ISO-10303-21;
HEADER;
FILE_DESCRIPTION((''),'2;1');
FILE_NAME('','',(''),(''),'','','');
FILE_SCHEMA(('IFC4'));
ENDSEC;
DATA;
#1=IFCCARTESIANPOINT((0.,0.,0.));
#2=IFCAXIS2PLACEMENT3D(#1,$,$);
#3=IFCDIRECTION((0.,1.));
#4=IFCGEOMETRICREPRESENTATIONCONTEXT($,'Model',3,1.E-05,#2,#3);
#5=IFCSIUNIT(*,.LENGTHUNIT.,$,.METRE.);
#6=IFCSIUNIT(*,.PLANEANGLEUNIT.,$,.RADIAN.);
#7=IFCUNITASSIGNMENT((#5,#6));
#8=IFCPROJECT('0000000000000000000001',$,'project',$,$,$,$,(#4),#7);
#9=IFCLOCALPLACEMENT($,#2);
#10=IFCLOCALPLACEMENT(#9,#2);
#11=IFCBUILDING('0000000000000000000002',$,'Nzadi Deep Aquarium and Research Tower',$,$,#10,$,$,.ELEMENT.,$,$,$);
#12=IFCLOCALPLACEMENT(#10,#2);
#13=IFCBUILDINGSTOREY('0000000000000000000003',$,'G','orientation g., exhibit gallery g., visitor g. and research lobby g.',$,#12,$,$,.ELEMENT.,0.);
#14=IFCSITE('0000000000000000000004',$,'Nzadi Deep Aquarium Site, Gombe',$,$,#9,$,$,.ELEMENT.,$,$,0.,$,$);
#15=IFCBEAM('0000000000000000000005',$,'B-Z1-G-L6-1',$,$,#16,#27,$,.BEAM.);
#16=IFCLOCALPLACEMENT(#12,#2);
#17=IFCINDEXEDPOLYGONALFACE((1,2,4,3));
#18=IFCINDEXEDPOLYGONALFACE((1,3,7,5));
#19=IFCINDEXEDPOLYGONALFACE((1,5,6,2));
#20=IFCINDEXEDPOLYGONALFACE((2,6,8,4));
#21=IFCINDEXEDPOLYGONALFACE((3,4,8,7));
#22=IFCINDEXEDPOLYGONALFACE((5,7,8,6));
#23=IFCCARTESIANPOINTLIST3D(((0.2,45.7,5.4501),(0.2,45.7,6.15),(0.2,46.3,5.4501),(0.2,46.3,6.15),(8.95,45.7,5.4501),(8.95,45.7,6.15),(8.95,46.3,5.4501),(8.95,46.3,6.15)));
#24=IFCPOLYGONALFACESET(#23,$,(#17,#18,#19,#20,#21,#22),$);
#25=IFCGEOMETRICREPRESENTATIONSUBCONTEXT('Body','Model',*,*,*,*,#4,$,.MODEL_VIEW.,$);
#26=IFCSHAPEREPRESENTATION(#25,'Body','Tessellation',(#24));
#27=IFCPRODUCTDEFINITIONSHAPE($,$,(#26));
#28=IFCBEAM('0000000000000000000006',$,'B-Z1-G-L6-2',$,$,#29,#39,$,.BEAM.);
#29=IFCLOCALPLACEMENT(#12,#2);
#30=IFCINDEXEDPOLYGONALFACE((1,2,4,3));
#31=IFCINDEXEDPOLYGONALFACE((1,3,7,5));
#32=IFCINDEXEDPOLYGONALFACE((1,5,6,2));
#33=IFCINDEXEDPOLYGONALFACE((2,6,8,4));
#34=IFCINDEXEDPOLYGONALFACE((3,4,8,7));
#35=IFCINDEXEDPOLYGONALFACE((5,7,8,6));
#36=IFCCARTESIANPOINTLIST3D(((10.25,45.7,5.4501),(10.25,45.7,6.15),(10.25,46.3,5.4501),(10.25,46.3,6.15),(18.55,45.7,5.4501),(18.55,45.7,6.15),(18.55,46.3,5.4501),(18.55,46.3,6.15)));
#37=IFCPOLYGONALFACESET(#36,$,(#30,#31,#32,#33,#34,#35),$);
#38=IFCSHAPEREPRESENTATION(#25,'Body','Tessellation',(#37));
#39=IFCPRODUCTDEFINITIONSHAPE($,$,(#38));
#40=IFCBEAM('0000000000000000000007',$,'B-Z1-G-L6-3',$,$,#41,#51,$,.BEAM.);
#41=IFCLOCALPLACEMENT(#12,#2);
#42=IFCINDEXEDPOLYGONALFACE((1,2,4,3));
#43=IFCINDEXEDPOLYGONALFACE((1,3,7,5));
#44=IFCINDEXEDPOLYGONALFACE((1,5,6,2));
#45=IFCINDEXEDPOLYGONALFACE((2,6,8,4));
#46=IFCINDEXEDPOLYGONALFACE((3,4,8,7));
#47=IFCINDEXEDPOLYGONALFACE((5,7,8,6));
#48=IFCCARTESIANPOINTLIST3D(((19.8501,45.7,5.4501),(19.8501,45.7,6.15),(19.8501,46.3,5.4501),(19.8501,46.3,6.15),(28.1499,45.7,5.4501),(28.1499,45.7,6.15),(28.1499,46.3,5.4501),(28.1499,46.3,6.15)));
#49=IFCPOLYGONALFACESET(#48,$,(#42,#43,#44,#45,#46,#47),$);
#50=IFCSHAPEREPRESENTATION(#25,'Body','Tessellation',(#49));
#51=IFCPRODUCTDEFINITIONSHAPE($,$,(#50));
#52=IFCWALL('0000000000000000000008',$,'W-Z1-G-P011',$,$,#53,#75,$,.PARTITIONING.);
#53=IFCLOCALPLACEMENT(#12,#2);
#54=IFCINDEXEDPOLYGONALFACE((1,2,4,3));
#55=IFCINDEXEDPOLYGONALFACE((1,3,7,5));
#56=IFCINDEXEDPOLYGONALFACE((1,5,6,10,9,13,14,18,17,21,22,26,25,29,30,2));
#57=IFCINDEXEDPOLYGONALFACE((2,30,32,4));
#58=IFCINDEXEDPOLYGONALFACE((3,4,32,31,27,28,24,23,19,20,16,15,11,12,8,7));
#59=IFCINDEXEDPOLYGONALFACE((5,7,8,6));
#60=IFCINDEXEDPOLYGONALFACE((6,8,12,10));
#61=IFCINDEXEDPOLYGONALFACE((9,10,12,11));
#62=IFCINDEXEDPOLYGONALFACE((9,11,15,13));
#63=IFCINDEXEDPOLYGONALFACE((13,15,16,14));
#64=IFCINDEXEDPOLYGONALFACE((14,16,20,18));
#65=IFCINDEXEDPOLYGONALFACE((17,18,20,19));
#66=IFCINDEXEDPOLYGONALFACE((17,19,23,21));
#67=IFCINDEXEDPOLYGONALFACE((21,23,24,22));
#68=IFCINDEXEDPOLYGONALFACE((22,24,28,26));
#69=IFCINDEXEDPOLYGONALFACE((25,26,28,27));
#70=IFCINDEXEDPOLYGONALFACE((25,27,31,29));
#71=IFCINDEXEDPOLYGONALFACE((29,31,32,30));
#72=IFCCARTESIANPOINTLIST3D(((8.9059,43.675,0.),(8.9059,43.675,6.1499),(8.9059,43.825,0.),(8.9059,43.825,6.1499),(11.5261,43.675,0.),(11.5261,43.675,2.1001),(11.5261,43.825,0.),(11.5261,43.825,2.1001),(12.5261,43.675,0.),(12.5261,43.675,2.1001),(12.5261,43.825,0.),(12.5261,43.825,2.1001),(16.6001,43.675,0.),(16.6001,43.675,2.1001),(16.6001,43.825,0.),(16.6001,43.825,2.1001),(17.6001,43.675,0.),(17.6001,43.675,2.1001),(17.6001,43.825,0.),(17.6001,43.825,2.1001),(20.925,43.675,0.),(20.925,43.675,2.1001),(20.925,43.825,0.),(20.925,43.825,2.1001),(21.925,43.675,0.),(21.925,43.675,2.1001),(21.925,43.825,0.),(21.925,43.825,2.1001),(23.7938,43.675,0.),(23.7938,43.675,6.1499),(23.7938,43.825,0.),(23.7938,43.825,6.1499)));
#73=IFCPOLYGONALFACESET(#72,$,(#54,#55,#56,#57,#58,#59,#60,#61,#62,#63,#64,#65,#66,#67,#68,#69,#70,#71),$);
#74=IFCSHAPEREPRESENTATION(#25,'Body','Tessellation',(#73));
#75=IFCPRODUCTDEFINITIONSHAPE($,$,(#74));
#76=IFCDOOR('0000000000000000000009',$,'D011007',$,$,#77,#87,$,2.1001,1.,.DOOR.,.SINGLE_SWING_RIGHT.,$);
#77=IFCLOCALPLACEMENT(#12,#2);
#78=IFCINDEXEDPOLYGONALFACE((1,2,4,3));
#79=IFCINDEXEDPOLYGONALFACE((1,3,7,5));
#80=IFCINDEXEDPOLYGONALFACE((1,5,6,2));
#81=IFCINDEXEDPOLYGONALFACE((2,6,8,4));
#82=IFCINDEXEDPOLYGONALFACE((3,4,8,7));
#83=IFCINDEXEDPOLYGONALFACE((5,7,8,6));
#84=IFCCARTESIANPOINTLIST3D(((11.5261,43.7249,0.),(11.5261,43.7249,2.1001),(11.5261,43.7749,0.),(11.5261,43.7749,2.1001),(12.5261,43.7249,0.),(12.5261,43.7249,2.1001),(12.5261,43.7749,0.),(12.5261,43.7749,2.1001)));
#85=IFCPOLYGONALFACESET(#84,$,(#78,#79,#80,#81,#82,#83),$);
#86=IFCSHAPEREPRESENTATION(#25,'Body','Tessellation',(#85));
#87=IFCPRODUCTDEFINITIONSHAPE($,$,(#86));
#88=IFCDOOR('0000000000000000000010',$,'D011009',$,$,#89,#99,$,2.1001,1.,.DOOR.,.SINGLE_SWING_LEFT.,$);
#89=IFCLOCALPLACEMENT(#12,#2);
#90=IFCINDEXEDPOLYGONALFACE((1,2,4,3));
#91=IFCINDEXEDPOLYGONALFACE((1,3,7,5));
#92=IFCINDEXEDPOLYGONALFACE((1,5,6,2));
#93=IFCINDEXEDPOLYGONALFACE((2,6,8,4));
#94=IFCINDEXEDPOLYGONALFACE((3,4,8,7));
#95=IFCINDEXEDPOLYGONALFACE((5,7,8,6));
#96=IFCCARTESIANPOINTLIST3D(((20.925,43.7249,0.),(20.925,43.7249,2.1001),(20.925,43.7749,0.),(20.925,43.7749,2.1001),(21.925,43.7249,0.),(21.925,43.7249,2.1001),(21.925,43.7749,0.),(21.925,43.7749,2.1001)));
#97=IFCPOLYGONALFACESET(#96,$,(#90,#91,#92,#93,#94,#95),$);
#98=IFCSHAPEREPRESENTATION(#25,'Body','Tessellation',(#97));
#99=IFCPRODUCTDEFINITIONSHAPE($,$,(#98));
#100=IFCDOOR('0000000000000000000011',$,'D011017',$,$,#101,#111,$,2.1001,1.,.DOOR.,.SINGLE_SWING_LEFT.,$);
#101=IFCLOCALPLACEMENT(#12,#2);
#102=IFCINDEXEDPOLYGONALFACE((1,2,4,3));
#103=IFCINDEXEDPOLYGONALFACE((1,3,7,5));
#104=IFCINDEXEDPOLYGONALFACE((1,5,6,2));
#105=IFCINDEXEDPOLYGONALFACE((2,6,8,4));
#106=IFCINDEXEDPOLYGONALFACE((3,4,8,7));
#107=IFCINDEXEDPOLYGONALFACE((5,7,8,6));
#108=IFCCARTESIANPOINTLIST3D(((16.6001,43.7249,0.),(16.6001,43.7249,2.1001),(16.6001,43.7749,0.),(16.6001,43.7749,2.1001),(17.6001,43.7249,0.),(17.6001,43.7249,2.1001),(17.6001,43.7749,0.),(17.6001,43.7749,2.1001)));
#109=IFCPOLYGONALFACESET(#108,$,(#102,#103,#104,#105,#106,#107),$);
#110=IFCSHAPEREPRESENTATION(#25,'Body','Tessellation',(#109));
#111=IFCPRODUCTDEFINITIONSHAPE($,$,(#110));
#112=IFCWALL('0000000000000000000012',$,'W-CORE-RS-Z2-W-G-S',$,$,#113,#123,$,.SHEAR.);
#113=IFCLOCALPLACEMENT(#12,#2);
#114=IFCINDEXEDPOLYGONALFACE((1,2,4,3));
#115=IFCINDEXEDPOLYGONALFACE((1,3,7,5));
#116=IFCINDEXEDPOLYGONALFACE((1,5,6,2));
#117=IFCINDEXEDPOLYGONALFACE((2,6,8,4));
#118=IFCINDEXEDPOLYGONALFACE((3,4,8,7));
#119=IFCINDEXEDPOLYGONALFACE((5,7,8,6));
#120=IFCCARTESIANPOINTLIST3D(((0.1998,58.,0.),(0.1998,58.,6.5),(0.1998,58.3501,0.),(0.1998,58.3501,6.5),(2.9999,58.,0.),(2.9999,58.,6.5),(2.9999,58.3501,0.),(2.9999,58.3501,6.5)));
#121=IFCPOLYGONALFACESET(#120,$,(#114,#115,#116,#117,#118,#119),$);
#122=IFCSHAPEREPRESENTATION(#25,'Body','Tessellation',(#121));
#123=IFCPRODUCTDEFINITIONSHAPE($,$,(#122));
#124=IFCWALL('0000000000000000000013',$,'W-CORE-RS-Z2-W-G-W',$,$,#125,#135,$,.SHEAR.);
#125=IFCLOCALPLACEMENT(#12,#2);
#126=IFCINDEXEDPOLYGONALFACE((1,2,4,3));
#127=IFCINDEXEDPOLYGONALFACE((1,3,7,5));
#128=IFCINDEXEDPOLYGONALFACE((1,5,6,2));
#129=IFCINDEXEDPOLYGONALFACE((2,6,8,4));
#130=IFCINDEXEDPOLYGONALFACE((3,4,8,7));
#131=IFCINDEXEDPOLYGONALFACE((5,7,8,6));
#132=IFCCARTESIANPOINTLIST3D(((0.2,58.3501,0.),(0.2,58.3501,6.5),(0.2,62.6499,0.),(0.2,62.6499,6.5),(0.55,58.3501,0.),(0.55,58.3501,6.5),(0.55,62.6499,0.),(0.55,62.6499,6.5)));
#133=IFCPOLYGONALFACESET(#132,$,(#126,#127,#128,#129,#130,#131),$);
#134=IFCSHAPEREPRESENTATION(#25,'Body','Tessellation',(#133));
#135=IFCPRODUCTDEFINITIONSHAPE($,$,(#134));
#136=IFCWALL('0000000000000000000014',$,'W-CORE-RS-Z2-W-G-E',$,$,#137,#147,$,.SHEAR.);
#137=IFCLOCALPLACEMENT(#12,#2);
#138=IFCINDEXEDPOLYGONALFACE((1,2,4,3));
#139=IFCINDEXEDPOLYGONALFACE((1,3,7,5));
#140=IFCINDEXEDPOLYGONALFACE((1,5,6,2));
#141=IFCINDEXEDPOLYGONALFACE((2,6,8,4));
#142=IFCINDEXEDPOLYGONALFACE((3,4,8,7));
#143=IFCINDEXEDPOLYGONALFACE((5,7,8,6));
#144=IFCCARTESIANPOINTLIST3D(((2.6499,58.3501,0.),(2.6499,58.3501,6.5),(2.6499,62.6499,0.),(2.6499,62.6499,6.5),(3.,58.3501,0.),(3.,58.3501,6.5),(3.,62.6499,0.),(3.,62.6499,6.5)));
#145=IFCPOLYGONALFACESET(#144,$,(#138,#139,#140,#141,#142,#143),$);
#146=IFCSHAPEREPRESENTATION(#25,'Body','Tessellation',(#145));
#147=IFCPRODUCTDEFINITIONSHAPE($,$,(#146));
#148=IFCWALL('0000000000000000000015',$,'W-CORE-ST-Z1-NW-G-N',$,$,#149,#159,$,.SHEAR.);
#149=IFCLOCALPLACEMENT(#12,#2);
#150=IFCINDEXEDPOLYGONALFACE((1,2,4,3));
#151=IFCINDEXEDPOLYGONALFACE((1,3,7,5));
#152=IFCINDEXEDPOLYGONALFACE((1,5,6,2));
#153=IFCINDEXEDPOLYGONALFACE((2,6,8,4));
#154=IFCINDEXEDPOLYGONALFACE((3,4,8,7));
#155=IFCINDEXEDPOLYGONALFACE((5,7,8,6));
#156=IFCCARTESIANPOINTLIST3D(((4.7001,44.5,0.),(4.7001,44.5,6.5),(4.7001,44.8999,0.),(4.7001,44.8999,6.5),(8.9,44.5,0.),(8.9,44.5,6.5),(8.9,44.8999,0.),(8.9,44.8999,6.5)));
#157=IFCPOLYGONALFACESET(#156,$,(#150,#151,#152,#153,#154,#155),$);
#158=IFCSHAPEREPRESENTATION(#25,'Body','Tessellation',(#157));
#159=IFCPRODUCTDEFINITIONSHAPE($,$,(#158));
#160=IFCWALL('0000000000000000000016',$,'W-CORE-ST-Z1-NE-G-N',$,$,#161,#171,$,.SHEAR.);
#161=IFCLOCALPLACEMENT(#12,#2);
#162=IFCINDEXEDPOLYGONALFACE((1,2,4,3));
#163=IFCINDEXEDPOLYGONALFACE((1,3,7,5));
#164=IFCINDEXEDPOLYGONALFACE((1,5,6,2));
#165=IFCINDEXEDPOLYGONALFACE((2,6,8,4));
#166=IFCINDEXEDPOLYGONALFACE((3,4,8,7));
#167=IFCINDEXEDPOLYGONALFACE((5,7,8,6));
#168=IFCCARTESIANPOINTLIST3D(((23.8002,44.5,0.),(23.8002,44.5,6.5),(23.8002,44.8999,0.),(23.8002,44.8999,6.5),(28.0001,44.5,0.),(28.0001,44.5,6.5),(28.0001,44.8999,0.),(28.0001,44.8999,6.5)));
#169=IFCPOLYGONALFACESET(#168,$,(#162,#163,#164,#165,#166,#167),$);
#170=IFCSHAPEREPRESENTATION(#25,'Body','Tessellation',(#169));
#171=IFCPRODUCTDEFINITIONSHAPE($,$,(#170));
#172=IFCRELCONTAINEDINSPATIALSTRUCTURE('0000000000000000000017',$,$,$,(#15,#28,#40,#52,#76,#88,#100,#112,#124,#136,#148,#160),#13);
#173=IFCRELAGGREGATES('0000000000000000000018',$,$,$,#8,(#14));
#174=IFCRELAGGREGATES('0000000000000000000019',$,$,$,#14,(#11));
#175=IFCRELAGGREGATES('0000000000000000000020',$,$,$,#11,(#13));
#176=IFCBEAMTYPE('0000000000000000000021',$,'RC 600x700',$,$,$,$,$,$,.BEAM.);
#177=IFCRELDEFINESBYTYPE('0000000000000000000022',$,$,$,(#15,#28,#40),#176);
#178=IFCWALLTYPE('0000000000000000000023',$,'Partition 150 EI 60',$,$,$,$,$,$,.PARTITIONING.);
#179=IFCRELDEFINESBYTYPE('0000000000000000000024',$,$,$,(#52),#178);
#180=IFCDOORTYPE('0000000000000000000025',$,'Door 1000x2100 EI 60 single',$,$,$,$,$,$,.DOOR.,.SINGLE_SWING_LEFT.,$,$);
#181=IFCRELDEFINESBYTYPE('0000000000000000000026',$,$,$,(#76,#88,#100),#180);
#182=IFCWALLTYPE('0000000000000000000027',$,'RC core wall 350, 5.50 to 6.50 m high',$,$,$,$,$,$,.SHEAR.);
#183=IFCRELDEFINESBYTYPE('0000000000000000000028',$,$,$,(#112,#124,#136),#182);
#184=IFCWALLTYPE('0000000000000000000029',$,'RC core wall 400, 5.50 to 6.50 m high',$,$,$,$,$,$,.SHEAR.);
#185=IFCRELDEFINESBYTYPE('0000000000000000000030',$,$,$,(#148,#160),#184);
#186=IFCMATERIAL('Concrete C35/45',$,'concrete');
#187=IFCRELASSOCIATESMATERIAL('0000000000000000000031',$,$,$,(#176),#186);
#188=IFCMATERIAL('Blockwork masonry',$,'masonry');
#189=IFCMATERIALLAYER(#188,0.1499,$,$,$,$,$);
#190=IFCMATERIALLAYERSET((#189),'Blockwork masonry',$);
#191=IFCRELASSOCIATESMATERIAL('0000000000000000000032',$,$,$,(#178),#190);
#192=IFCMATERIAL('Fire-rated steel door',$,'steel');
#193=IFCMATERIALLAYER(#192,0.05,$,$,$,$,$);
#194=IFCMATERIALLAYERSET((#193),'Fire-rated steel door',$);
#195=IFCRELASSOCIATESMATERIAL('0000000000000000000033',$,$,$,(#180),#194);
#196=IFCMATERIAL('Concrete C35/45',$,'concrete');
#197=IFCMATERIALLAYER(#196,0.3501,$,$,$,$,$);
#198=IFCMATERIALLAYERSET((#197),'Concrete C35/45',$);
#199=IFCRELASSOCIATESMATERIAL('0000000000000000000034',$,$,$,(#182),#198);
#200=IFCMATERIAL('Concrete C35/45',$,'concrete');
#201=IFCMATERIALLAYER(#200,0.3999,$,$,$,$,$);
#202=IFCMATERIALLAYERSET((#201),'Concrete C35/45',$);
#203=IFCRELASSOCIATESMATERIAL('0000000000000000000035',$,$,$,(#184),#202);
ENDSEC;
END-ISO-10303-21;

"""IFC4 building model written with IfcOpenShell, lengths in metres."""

from ifc_helpers import new_model, si_unit, direction, frame, frame_2d, origin, origin_2d, place, context, subcontext, project, spatial, rectangle, extrude, material, layer, layer_set, material_profile, profile_set, type_object, element, fill, save


model = new_model("IFC4")

# Units and contexts
model_context = context("Model", 3, precision=1e-05, world=origin(), true_north=direction((0.0, 1.0)))
body_context = subcontext(model_context, "Body", "Model", "MODEL_VIEW")
ifc_project = project(units=[si_unit("LENGTHUNIT", "METRE"), si_unit("PLANEANGLEUNIT", "RADIAN")], contexts=[model_context])

# Site, building, storey
site_placement = place(None, origin())
site = spatial("IfcSite", under=ifc_project, at=site_placement, Name="Nzadi Deep Aquarium Site, Gombe", CompositionType="ELEMENT", RefElevation=0.0)
building_placement = place(site_placement, origin())
building = spatial("IfcBuilding", under=site, at=building_placement, Name="Nzadi Deep Aquarium and Research Tower", CompositionType="ELEMENT")
storey_placement = place(building_placement, origin())
storey = spatial("IfcBuildingStorey", under=building, at=storey_placement, Name="G", Description="orientation g., exhibit gallery g., visitor g. and research lobby g.", CompositionType="ELEMENT", Elevation=0.0)

# Beams
ifc_material_1 = material(Name="Concrete C35/45", Category="concrete")
ifc_material_profile_1 = material_profile(ifc_material_1, rectangle(XDim=0.6001, YDim=0.7, at=origin_2d()))
ifc_profile_set_1 = profile_set([ifc_material_profile_1], Name="Concrete C35/45")
beam_type_1 = type_object("IfcBeamType", Name="RC 600x700", PredefinedType="BEAM", material=ifc_profile_set_1)
beam_1_placement = place(storey_placement, frame((0.2, 46.0, 5.8), z_axis=(1.0, 0.0, 0.0), x_axis=(0.0, 1.0, 0.0)))
element("IfcBeam", 1, at=beam_1_placement, inside=storey, type_object=beam_type_1, Name="B-Z1-G-L6-1", PredefinedType="BEAM", context=body_context, shape_type="SweptSolid", body=[
    extrude(rectangle(XDim=0.6001, YDim=0.7, at=origin_2d()), origin(), (0.0, 0.0, 1.0), 8.75),
])
beam_2_placement = place(storey_placement, frame((10.25, 46.0, 5.8), z_axis=(1.0, 0.0, 0.0), x_axis=(0.0, 1.0, 0.0)))
element("IfcBeam", 2, at=beam_2_placement, inside=storey, type_object=beam_type_1, Name="B-Z1-G-L6-2", PredefinedType="BEAM", context=body_context, shape_type="SweptSolid", body=[
    extrude(rectangle(XDim=0.6001, YDim=0.7, at=origin_2d()), origin(), (0.0, 0.0, 1.0), 8.3),
])
beam_3_placement = place(storey_placement, frame((19.8501, 46.0, 5.8), z_axis=(1.0, 0.0, 0.0), x_axis=(0.0, 1.0, 0.0)))
element("IfcBeam", 3, at=beam_3_placement, inside=storey, type_object=beam_type_1, Name="B-Z1-G-L6-3", PredefinedType="BEAM", context=body_context, shape_type="SweptSolid", body=[
    extrude(rectangle(XDim=0.6001, YDim=0.7, at=origin_2d()), origin(), (0.0, 0.0, 1.0), 8.2998),
])

# Wall, openings, doors
ifc_material_2 = material(Name="Blockwork masonry", Category="masonry")
ifc_layer_1 = layer(ifc_material_2, 0.1499)
ifc_layer_set_1 = layer_set([ifc_layer_1], Name="Blockwork masonry")
wall_type_1 = type_object("IfcWallType", Name="Partition 150 EI 60", PredefinedType="PARTITIONING", material=ifc_layer_set_1)
wall_1_placement = place(storey_placement, frame((8.906, 43.75, 0.0), z_axis=(0.0, 0.0, 1.0), x_axis=(1.0, 0.0, 0.0)))
wall_1 = element("IfcWall", 4, at=wall_1_placement, inside=storey, type_object=wall_type_1, Name="W-Z1-G-P011", PredefinedType="PARTITIONING", context=body_context, shape_type="SweptSolid", body=[
    extrude(rectangle(XDim=14.8879, YDim=0.1499, at=frame_2d((7.4438, 0.0))), origin(), (0.0, 0.0, 1.0), 6.1499),
])
opening_1_placement = place(wall_1_placement, frame((2.6201, 0.0, 0.0)))
opening_1 = element("IfcOpeningElement", 5, at=opening_1_placement, cuts=wall_1, PredefinedType="OPENING", context=body_context, shape_type="SweptSolid", body=[
    extrude(rectangle(XDim=1.0, YDim=2.1001, at=frame_2d((0.5, 1.05))), frame((0.0, 0.085, 0.0), z_axis=(0.0, -1.0, 0.0), x_axis=(1.0, 0.0, 0.0)), (0.0, 0.0, 1.0), 0.1699),
])
opening_2_placement = place(wall_1_placement, frame((12.019, 0.0, 0.0)))
opening_2 = element("IfcOpeningElement", 6, at=opening_2_placement, cuts=wall_1, PredefinedType="OPENING", context=body_context, shape_type="SweptSolid", body=[
    extrude(rectangle(XDim=1.0, YDim=2.1001, at=frame_2d((0.5, 1.05))), frame((0.0, 0.085, 0.0), z_axis=(0.0, -1.0, 0.0), x_axis=(1.0, 0.0, 0.0)), (0.0, 0.0, 1.0), 0.1699),
])
opening_3_placement = place(wall_1_placement, frame((7.6941, 0.0, 0.0)))
opening_3 = element("IfcOpeningElement", 7, at=opening_3_placement, cuts=wall_1, PredefinedType="OPENING", context=body_context, shape_type="SweptSolid", body=[
    extrude(rectangle(XDim=1.0, YDim=2.1001, at=frame_2d((0.5, 1.05))), frame((0.0, 0.085, 0.0), z_axis=(0.0, -1.0, 0.0), x_axis=(1.0, 0.0, 0.0)), (0.0, 0.0, 1.0), 0.1699),
])
ifc_material_3 = material(Name="Fire-rated steel door", Category="steel")
ifc_layer_2 = layer(ifc_material_3, 0.05)
ifc_layer_set_2 = layer_set([ifc_layer_2], Name="Fire-rated steel door")
door_type_1 = type_object("IfcDoorType", Name="Door 1000x2100 EI 60 single", OperationType="SINGLE_SWING_LEFT", PredefinedType="DOOR", material=ifc_layer_set_2)
door_1_placement = place(opening_1_placement, origin())
door_1 = element("IfcDoor", 8, at=door_1_placement, inside=storey, type_object=door_type_1, Name="D011007", OperationType="SINGLE_SWING_RIGHT", OverallHeight=2.1001, OverallWidth=1.0, PredefinedType="DOOR", context=body_context, shape_type="SweptSolid", body=[
    extrude(rectangle(XDim=1.0, YDim=2.1001, at=frame_2d((0.5, 1.05))), frame((0.0, 0.0249, 0.0), z_axis=(0.0, -1.0, 0.0), x_axis=(1.0, 0.0, 0.0)), (0.0, 0.0, 1.0), 0.05),
])
fill(opening_1, door_1)
door_2_placement = place(opening_2_placement, origin())
door_2 = element("IfcDoor", 9, at=door_2_placement, inside=storey, type_object=door_type_1, Name="D011009", OperationType="SINGLE_SWING_LEFT", OverallHeight=2.1001, OverallWidth=1.0, PredefinedType="DOOR", context=body_context, shape_type="SweptSolid", body=[
    extrude(rectangle(XDim=1.0, YDim=2.1001, at=frame_2d((0.5, 1.05))), frame((0.0, 0.0249, 0.0), z_axis=(0.0, -1.0, 0.0), x_axis=(1.0, 0.0, 0.0)), (0.0, 0.0, 1.0), 0.05),
])
fill(opening_2, door_2)
door_3_placement = place(opening_3_placement, origin())
door_3 = element("IfcDoor", 10, at=door_3_placement, inside=storey, type_object=door_type_1, Name="D011017", OperationType="SINGLE_SWING_LEFT", OverallHeight=2.1001, OverallWidth=1.0, PredefinedType="DOOR", context=body_context, shape_type="SweptSolid", body=[
    extrude(rectangle(XDim=1.0, YDim=2.1001, at=frame_2d((0.5, 1.05))), frame((0.0, 0.0249, 0.0), z_axis=(0.0, -1.0, 0.0), x_axis=(1.0, 0.0, 0.0)), (0.0, 0.0, 1.0), 0.05),
])
fill(opening_3, door_3)

# Walls
ifc_material_4 = material(Name="Concrete C35/45", Category="concrete")
ifc_layer_3 = layer(ifc_material_4, 0.3501)
ifc_layer_set_3 = layer_set([ifc_layer_3], Name="Concrete C35/45")
wall_type_2 = type_object("IfcWallType", Name="RC core wall 350, 5.50 to 6.50 m high", PredefinedType="SHEAR", material=ifc_layer_set_3)
wall_2_placement = place(storey_placement, frame((0.2, 58.175, 0.0), z_axis=(0.0, 0.0, 1.0), x_axis=(1.0, 0.0, 0.0)))
element("IfcWall", 11, at=wall_2_placement, inside=storey, type_object=wall_type_2, Name="W-CORE-RS-Z2-W-G-S", PredefinedType="SHEAR", context=body_context, shape_type="SweptSolid", body=[
    extrude(rectangle(XDim=2.8, YDim=0.3501, at=frame_2d((1.3999, 0.0))), origin(), (0.0, 0.0, 1.0), 6.5),
])
for number, where, z_axis, x_axis, name in (
    (12, (0.375, 58.3501, 0.0), (0.0, 0.0, 1.0), (0.0, 1.0, 0.0), "W-CORE-RS-Z2-W-G-W"),
    (13, (2.825, 58.3501, 0.0), (0.0, 0.0, 1.0), (0.0, 1.0, 0.0), "W-CORE-RS-Z2-W-G-E"),
):
    element("IfcWall", number, at=place(storey_placement, frame(where, z_axis=z_axis, x_axis=x_axis)), inside=storey, type_object=wall_type_2, Name=name, PredefinedType="SHEAR", context=body_context, shape_type="SweptSolid", body=[
        extrude(rectangle(XDim=4.2998, YDim=0.3501, at=frame_2d((2.1499, 0.0))), origin(), (0.0, 0.0, 1.0), 6.5),
    ])
ifc_material_5 = material(Name="Concrete C35/45", Category="concrete")
ifc_layer_4 = layer(ifc_material_5, 0.3999)
ifc_layer_set_4 = layer_set([ifc_layer_4], Name="Concrete C35/45")
wall_type_3 = type_object("IfcWallType", Name="RC core wall 400, 5.50 to 6.50 m high", PredefinedType="SHEAR", material=ifc_layer_set_4)
for number, where, z_axis, x_axis, name in (
    (14, (4.7, 44.7, 0.0), (0.0, 0.0, 1.0), (1.0, 0.0, 0.0), "W-CORE-ST-Z1-NW-G-N"),
    (15, (23.8, 44.7, 0.0), (0.0, 0.0, 1.0), (1.0, 0.0, 0.0), "W-CORE-ST-Z1-NE-G-N"),
):
    element("IfcWall", number, at=place(storey_placement, frame(where, z_axis=z_axis, x_axis=x_axis)), inside=storey, type_object=wall_type_3, Name=name, PredefinedType="SHEAR", context=body_context, shape_type="SweptSolid", body=[
        extrude(rectangle(XDim=4.2, YDim=0.3999, at=frame_2d((2.1001, 0.0))), origin(), (0.0, 0.0, 1.0), 6.5),
    ])

save(model, "model.ifc")
